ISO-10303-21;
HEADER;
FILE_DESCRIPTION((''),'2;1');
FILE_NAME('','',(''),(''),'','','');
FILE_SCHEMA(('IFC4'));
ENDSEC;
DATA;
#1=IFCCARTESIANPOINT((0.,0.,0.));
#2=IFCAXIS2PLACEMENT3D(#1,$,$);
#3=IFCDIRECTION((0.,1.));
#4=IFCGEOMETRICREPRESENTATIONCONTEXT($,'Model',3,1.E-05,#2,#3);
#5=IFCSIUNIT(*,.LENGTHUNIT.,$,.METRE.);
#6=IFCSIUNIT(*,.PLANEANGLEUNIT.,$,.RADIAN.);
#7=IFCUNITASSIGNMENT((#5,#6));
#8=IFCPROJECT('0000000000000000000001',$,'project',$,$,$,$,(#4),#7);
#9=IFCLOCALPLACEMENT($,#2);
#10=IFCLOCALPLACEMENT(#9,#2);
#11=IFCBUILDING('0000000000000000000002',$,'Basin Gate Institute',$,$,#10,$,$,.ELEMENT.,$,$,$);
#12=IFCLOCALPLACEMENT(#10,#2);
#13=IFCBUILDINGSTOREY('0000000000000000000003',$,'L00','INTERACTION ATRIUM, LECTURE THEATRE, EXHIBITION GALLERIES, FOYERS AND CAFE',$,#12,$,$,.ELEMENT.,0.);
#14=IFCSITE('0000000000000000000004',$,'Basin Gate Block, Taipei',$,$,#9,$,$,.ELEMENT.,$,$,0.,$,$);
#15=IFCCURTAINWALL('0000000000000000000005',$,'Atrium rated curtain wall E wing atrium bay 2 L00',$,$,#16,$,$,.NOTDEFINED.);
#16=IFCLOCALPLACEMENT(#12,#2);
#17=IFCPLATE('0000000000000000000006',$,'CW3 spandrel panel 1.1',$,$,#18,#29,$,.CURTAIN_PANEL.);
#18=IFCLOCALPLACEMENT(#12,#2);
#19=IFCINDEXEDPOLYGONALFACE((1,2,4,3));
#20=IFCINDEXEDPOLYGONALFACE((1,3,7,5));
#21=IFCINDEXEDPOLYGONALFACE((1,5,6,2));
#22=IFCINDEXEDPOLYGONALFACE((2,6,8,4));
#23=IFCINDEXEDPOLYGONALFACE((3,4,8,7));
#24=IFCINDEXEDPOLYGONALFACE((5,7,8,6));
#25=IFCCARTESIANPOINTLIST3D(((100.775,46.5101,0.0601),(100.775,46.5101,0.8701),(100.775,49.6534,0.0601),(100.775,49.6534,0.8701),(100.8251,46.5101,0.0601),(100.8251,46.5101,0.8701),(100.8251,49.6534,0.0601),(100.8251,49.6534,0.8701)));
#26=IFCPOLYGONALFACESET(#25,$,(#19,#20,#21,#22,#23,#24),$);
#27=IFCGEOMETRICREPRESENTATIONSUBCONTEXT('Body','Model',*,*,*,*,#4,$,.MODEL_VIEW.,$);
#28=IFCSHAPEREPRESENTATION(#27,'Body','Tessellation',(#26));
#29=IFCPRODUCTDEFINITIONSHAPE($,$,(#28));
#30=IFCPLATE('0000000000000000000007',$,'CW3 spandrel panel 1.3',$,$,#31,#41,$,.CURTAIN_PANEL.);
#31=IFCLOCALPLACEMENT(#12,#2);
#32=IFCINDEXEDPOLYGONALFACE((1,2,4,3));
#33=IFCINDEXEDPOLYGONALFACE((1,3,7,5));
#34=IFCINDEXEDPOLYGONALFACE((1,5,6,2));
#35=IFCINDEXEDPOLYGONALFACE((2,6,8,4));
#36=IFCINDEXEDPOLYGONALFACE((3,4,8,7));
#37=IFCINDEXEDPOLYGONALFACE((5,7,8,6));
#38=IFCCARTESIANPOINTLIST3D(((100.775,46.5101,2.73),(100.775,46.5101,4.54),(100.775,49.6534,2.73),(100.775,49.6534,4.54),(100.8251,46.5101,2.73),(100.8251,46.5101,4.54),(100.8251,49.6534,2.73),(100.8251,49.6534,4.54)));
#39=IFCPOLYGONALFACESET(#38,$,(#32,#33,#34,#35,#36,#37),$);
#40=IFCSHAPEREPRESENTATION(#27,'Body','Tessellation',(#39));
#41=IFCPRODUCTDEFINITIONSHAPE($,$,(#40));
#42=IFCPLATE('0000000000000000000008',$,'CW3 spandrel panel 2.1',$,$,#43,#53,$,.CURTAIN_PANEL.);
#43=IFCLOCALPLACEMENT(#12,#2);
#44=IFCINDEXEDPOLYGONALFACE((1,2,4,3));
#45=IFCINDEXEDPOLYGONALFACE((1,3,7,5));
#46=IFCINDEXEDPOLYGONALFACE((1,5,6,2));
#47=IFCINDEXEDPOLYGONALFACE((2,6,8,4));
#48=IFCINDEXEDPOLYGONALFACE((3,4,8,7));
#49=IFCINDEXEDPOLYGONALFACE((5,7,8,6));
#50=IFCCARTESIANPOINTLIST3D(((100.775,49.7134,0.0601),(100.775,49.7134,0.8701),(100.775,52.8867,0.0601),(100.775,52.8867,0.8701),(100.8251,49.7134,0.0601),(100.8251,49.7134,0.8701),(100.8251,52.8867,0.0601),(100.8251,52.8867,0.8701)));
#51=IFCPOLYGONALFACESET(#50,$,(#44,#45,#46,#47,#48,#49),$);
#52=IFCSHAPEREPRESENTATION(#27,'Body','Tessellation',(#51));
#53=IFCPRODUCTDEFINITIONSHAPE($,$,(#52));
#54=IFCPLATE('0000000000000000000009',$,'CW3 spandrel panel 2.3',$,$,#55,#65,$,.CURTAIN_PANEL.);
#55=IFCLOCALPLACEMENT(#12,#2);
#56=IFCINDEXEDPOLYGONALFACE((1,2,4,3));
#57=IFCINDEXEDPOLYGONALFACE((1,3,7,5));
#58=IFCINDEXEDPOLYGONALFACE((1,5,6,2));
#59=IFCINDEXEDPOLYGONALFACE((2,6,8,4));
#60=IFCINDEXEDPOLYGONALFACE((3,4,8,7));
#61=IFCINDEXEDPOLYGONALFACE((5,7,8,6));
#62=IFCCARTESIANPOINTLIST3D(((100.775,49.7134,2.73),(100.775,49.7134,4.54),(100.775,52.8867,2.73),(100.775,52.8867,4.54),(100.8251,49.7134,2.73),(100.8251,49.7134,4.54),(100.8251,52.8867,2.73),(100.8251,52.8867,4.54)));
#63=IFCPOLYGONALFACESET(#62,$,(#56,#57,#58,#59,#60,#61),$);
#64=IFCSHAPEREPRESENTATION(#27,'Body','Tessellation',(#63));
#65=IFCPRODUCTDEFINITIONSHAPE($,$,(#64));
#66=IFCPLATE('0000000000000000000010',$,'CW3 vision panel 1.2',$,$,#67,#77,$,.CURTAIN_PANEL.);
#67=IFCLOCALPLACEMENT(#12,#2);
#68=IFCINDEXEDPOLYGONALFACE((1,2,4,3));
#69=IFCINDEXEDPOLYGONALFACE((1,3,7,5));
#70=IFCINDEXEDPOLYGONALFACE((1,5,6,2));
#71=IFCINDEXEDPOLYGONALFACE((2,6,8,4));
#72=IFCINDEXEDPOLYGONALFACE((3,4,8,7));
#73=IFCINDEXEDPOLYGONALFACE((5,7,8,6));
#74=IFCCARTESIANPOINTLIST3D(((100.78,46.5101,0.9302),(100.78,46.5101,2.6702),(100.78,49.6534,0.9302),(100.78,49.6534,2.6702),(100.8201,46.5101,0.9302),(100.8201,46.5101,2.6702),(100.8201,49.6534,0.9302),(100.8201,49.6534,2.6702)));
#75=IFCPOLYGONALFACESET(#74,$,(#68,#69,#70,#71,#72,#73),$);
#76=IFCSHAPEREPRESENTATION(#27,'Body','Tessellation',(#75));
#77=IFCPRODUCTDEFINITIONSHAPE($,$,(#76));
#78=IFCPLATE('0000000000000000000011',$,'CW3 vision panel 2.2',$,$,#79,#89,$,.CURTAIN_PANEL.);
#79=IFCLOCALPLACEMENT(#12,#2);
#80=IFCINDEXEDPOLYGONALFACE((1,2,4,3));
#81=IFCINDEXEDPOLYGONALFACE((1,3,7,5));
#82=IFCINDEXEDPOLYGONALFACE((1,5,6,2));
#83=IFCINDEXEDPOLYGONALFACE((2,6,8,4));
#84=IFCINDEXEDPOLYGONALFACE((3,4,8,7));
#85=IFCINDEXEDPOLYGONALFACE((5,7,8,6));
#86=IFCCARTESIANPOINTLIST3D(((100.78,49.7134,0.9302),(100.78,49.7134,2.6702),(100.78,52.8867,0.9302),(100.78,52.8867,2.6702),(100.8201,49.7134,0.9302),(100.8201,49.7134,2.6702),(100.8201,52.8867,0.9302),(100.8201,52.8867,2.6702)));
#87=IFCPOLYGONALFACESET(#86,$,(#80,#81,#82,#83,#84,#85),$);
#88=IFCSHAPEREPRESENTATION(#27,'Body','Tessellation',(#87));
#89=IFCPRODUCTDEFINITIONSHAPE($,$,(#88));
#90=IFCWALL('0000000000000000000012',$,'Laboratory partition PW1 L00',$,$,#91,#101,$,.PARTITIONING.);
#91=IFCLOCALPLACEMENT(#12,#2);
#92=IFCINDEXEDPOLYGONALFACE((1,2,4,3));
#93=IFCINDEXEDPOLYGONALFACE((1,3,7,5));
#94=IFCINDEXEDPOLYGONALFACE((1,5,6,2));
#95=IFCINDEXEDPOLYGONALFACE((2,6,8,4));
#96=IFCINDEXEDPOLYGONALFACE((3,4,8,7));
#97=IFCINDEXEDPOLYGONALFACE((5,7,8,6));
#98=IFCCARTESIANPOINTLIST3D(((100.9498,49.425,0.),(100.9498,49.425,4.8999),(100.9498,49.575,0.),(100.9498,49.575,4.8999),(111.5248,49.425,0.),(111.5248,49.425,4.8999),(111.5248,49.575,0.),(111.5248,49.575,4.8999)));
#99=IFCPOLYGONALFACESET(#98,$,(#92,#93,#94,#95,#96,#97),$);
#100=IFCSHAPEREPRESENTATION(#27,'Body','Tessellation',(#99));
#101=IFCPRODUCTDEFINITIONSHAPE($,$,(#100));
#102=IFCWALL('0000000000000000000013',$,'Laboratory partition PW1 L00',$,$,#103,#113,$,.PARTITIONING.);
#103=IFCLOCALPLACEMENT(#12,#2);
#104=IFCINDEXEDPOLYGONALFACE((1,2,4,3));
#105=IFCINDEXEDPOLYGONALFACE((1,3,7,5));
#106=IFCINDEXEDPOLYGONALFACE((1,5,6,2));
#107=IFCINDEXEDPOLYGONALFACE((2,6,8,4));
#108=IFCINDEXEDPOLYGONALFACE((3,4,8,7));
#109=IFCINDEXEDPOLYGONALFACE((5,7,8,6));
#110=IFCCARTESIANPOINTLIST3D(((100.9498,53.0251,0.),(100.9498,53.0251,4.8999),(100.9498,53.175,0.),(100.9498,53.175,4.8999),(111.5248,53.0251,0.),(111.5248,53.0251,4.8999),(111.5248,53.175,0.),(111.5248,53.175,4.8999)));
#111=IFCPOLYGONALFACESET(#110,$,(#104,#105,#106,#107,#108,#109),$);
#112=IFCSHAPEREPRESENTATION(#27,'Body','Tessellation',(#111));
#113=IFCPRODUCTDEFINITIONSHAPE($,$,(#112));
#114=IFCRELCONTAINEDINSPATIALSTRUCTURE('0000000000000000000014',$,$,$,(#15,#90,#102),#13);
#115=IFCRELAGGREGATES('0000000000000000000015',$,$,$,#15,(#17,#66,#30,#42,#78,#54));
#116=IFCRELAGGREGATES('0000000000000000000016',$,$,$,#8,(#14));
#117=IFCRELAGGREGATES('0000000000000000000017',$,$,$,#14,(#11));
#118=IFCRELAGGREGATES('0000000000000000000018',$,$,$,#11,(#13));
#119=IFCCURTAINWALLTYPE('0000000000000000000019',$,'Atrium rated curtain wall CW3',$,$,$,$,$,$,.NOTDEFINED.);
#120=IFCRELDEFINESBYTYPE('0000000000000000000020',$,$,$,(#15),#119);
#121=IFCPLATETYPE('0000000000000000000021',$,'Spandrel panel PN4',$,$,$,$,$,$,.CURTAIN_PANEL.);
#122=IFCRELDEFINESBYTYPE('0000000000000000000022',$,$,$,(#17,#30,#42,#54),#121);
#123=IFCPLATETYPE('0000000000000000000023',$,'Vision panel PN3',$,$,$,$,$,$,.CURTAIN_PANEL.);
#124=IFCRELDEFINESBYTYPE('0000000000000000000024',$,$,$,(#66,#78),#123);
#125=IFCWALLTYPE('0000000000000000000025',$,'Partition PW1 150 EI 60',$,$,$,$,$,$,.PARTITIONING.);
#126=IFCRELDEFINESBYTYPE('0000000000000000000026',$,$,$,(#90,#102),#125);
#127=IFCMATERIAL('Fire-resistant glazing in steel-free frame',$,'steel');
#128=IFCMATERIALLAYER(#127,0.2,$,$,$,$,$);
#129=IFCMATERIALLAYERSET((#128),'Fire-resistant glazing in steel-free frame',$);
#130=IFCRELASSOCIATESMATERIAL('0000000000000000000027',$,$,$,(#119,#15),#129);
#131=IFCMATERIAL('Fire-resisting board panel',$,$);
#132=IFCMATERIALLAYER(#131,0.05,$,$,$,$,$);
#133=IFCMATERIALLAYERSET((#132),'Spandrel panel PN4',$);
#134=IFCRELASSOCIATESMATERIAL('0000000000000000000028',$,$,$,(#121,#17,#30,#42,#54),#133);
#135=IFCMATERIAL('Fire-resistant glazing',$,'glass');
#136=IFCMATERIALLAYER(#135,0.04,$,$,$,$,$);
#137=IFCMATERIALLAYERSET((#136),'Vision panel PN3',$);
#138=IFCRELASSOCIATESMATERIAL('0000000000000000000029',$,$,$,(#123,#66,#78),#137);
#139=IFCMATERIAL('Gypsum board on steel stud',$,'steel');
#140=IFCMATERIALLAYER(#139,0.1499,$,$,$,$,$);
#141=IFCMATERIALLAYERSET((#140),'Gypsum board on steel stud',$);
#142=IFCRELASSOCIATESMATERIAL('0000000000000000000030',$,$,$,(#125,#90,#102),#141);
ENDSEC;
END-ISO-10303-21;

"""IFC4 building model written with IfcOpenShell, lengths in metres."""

from ifc_helpers import new_model, si_unit, direction, frame, frame_2d, origin, origin_2d, place, context, subcontext, project, spatial, rectangle, extrude, material, layer, layer_set, type_object, element, aggregate, save


model = new_model("IFC4")

# Units and contexts
model_context = context("Model", 3, precision=1e-05, world=origin(), true_north=direction((0.0, 1.0)))
body_context = subcontext(model_context, "Body", "Model", "MODEL_VIEW")
ifc_project = project(units=[si_unit("LENGTHUNIT", "METRE"), si_unit("PLANEANGLEUNIT", "RADIAN")], contexts=[model_context])

# Site, building, storey
site_placement = place(None, origin())
site = spatial("IfcSite", under=ifc_project, at=site_placement, Name="Basin Gate Block, Taipei", CompositionType="ELEMENT", RefElevation=0.0)
building_placement = place(site_placement, origin())
building = spatial("IfcBuilding", under=site, at=building_placement, Name="Basin Gate Institute", CompositionType="ELEMENT")
storey_placement = place(building_placement, origin())
storey = spatial("IfcBuildingStorey", under=building, at=storey_placement, Name="L00", Description="INTERACTION ATRIUM, LECTURE THEATRE, EXHIBITION GALLERIES, FOYERS AND CAFE", CompositionType="ELEMENT", Elevation=0.0)

# Curtain wall
ifc_material_1 = material(Name="Fire-resistant glazing in steel-free frame", Category="steel")
ifc_layer_1 = layer(ifc_material_1, 0.2)
ifc_layer_set_1 = layer_set([ifc_layer_1], Name="Fire-resistant glazing in steel-free frame")
curtain_wall_type = type_object("IfcCurtainWallType", Name="Atrium rated curtain wall CW3", PredefinedType="NOTDEFINED", material=ifc_layer_set_1)
curtain_wall_placement = place(storey_placement, origin())
curtain_wall = element("IfcCurtainWall", 1, at=curtain_wall_placement, inside=storey, type_object=curtain_wall_type, material=ifc_layer_set_1, Name="Atrium rated curtain wall E wing atrium bay 2 L00", PredefinedType="NOTDEFINED")

# Plates
ifc_material_2 = material(Name="Fire-resisting board panel")
ifc_layer_2 = layer(ifc_material_2, 0.05)
ifc_layer_set_2 = layer_set([ifc_layer_2], Name="Spandrel panel PN4")
plate_type_1 = type_object("IfcPlateType", Name="Spandrel panel PN4", PredefinedType="CURTAIN_PANEL", material=ifc_layer_set_2)
plate_1_placement = place(storey_placement, frame((100.8, 48.0818, 0.0601), z_axis=(0.0, 0.0, 1.0), x_axis=(0.0, 1.0, 0.0)))
plate_1 = element("IfcPlate", 2, at=plate_1_placement, type_object=plate_type_1, material=ifc_layer_set_2, Name="CW3 spandrel panel 1.1", PredefinedType="CURTAIN_PANEL", context=body_context, shape_type="SweptSolid", body=[
    extrude(rectangle(XDim=3.1433, YDim=0.05, at=origin_2d()), origin(), (0.0, 0.0, 1.0), 0.8101),
])
plate_2_placement = place(storey_placement, frame((100.8, 48.0818, 2.73), z_axis=(0.0, 0.0, 1.0), x_axis=(0.0, 1.0, 0.0)))
plate_2 = element("IfcPlate", 3, at=plate_2_placement, type_object=plate_type_1, material=ifc_layer_set_2, Name="CW3 spandrel panel 1.3", PredefinedType="CURTAIN_PANEL", context=body_context, shape_type="SweptSolid", body=[
    extrude(rectangle(XDim=3.1433, YDim=0.05, at=origin_2d()), origin(), (0.0, 0.0, 1.0), 1.8101),
])
plate_3_placement = place(storey_placement, frame((100.8, 51.3, 0.0601), z_axis=(0.0, 0.0, 1.0), x_axis=(0.0, 1.0, 0.0)))
plate_3 = element("IfcPlate", 4, at=plate_3_placement, type_object=plate_type_1, material=ifc_layer_set_2, Name="CW3 spandrel panel 2.1", PredefinedType="CURTAIN_PANEL", context=body_context, shape_type="SweptSolid", body=[
    extrude(rectangle(XDim=3.1733, YDim=0.05, at=origin_2d()), origin(), (0.0, 0.0, 1.0), 0.8101),
])
plate_4_placement = place(storey_placement, frame((100.8, 51.3, 2.73), z_axis=(0.0, 0.0, 1.0), x_axis=(0.0, 1.0, 0.0)))
plate_4 = element("IfcPlate", 5, at=plate_4_placement, type_object=plate_type_1, material=ifc_layer_set_2, Name="CW3 spandrel panel 2.3", PredefinedType="CURTAIN_PANEL", context=body_context, shape_type="SweptSolid", body=[
    extrude(rectangle(XDim=3.1733, YDim=0.05, at=origin_2d()), origin(), (0.0, 0.0, 1.0), 1.8101),
])
ifc_material_3 = material(Name="Fire-resistant glazing", Category="glass")
ifc_layer_3 = layer(ifc_material_3, 0.04)
ifc_layer_set_3 = layer_set([ifc_layer_3], Name="Vision panel PN3")
plate_type_2 = type_object("IfcPlateType", Name="Vision panel PN3", PredefinedType="CURTAIN_PANEL", material=ifc_layer_set_3)
plate_5_placement = place(storey_placement, frame((100.8, 48.0818, 0.9302), z_axis=(0.0, 0.0, 1.0), x_axis=(0.0, 1.0, 0.0)))
plate_5 = element("IfcPlate", 6, at=plate_5_placement, type_object=plate_type_2, material=ifc_layer_set_3, Name="CW3 vision panel 1.2", PredefinedType="CURTAIN_PANEL", context=body_context, shape_type="SweptSolid", body=[
    extrude(rectangle(XDim=3.1433, YDim=0.04, at=origin_2d()), origin(), (0.0, 0.0, 1.0), 1.74),
])
plate_6_placement = place(storey_placement, frame((100.8, 51.3, 0.9302), z_axis=(0.0, 0.0, 1.0), x_axis=(0.0, 1.0, 0.0)))
plate_6 = element("IfcPlate", 7, at=plate_6_placement, type_object=plate_type_2, material=ifc_layer_set_3, Name="CW3 vision panel 2.2", PredefinedType="CURTAIN_PANEL", context=body_context, shape_type="SweptSolid", body=[
    extrude(rectangle(XDim=3.1733, YDim=0.04, at=origin_2d()), origin(), (0.0, 0.0, 1.0), 1.74),
])
aggregate(curtain_wall, [plate_1, plate_5, plate_2, plate_3, plate_6, plate_4])

# Walls
ifc_material_4 = material(Name="Gypsum board on steel stud", Category="steel")
ifc_layer_4 = layer(ifc_material_4, 0.1499)
ifc_layer_set_4 = layer_set([ifc_layer_4], Name="Gypsum board on steel stud")
wall_type = type_object("IfcWallType", Name="Partition PW1 150 EI 60", PredefinedType="PARTITIONING", material=ifc_layer_set_4)
for number, where, z_axis, x_axis, name in (
    (8, (111.5249, 49.5, 0.0), (0.0, 0.0, 1.0), (-1.0, 0.0, 0.0), "Laboratory partition PW1 L00"),
    (9, (111.5249, 53.1001, 0.0), (0.0, 0.0, 1.0), (-1.0, 0.0, 0.0), "Laboratory partition PW1 L00"),
):
    element("IfcWall", number, at=place(storey_placement, frame(where, z_axis=z_axis, x_axis=x_axis)), inside=storey, type_object=wall_type, material=ifc_layer_set_4, Name=name, PredefinedType="PARTITIONING", context=body_context, shape_type="SweptSolid", body=[
        extrude(rectangle(XDim=10.575, YDim=0.1499, at=frame_2d((5.2876, 0.0))), origin(), (0.0, 0.0, 1.0), 4.8999),
    ])

save(model, "model.ifc")
